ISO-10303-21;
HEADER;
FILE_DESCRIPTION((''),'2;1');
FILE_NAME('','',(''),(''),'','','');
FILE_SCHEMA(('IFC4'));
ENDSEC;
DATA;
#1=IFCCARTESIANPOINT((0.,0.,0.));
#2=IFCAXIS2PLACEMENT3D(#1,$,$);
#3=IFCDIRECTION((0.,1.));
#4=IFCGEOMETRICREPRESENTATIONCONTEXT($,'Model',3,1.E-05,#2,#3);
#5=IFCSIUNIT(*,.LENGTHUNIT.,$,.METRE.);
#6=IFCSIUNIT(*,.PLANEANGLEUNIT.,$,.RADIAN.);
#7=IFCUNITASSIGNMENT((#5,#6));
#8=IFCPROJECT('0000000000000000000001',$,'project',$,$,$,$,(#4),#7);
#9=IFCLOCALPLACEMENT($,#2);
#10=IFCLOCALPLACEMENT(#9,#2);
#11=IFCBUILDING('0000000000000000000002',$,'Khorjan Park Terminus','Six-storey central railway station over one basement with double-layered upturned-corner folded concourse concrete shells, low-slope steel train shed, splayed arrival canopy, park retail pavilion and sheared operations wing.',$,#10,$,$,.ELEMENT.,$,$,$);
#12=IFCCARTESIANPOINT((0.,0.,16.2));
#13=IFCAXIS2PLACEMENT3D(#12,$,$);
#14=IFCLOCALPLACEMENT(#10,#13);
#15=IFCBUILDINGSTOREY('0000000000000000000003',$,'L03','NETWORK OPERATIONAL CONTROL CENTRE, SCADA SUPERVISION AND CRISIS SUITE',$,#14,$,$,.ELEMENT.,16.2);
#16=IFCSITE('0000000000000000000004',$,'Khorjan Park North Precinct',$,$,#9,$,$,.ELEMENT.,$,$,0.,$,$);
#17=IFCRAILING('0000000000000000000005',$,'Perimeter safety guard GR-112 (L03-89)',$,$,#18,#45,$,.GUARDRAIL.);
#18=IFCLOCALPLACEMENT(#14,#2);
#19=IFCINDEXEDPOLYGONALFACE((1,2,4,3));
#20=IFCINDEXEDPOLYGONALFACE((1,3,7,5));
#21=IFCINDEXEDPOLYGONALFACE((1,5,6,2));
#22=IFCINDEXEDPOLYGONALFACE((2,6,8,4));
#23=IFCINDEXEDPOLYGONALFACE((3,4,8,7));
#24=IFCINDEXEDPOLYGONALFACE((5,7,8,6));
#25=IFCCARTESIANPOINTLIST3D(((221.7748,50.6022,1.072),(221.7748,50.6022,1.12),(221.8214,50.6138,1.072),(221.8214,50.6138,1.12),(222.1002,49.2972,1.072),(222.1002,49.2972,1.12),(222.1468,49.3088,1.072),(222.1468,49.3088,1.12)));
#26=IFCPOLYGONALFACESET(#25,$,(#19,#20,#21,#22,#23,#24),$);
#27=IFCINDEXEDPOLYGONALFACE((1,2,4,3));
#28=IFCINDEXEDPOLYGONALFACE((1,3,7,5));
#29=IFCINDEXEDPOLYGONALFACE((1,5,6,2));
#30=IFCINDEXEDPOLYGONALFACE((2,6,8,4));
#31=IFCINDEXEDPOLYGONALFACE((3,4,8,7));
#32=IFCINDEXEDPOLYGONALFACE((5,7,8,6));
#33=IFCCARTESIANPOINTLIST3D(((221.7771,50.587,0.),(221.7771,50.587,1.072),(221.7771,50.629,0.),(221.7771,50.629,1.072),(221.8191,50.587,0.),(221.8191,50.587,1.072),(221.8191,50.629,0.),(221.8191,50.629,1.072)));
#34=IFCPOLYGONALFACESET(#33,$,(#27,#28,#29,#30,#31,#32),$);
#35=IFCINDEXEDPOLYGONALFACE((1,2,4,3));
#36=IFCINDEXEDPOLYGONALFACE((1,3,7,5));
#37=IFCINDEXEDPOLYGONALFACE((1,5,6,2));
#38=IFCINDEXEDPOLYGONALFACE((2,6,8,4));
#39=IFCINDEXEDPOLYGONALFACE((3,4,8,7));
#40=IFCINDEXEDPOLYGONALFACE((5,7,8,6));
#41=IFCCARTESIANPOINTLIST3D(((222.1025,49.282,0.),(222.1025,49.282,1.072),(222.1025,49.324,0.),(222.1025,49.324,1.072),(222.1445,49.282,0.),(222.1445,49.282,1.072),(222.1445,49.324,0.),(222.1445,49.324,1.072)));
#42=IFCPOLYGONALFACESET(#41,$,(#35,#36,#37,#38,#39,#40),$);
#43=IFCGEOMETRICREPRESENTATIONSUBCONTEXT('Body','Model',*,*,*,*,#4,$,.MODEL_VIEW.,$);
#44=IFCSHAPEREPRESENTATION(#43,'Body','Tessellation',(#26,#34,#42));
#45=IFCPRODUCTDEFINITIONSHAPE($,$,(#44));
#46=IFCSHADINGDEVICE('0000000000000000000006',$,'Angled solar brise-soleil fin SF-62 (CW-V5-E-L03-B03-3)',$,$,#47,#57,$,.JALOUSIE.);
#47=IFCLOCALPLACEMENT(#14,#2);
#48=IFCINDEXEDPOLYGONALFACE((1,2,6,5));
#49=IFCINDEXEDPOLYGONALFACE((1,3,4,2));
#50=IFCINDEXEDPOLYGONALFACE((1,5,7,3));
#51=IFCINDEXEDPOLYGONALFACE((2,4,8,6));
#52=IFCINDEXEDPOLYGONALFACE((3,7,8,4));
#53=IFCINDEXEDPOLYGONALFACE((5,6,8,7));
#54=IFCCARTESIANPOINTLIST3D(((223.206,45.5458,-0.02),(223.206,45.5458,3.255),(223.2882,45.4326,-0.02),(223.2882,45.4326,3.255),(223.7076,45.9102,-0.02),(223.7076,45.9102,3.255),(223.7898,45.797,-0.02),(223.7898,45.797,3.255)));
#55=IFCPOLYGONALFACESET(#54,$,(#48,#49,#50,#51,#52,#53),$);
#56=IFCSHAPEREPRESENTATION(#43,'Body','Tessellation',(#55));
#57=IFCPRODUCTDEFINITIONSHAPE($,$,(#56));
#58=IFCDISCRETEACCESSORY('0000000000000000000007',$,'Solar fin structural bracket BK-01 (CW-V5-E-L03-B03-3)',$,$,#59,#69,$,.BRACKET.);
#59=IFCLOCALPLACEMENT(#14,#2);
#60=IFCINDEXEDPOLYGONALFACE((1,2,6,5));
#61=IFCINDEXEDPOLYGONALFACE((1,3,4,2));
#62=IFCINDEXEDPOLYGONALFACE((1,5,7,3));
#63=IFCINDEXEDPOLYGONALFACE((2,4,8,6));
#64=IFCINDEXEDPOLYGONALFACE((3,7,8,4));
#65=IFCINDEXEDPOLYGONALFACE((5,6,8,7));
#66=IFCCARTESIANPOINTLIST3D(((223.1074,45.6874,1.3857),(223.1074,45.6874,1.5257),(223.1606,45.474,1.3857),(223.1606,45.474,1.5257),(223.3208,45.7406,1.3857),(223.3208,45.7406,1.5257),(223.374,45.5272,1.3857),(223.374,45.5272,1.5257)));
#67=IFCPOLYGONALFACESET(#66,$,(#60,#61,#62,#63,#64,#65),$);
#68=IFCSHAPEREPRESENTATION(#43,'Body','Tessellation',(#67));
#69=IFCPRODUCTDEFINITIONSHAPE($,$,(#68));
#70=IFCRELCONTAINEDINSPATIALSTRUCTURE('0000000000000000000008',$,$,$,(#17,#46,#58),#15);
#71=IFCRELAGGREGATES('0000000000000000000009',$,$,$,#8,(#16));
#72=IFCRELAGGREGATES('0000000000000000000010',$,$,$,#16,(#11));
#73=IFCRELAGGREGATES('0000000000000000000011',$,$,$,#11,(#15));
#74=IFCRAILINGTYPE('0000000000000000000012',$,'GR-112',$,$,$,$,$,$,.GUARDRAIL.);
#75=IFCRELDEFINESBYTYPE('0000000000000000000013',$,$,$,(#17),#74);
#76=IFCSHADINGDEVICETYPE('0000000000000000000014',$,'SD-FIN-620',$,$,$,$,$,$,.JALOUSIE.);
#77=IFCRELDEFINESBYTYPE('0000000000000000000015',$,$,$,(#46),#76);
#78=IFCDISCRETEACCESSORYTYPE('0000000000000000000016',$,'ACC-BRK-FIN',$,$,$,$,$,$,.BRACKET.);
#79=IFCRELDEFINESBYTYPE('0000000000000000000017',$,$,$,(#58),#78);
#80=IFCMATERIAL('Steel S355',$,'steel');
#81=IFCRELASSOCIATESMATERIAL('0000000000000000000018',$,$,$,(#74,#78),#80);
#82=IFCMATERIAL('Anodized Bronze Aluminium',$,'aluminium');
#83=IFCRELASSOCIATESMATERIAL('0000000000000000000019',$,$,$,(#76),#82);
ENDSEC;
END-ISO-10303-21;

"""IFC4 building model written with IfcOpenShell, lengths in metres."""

from ifc_helpers import new_model, si_unit, direction, frame, origin, origin_2d, place, context, subcontext, project, spatial, rectangle, extrude, material, type_object, element, save


model = new_model("IFC4")

# Units and contexts
model_context = context("Model", 3, precision=1e-05, world=origin(), true_north=direction((0.0, 1.0)))
body_context = subcontext(model_context, "Body", "Model", "MODEL_VIEW")
ifc_project = project(units=[si_unit("LENGTHUNIT", "METRE"), si_unit("PLANEANGLEUNIT", "RADIAN")], contexts=[model_context])

# Site, building, storey
site_placement = place(None, origin())
site = spatial("IfcSite", under=ifc_project, at=site_placement, Name="Khorjan Park North Precinct", CompositionType="ELEMENT", RefElevation=0.0)
building_placement = place(site_placement, origin())
building = spatial("IfcBuilding", under=site, at=building_placement, Name="Khorjan Park Terminus", Description="Six-storey central railway station over one basement with double-layered upturned-corner folded concourse concrete shells, low-slope steel train shed, splayed arrival canopy, park retail pavilion and sheared operations wing.", CompositionType="ELEMENT")
storey_placement = place(building_placement, frame((0.0, 0.0, 16.2)))
storey = spatial("IfcBuildingStorey", under=building, at=storey_placement, Name="L03", Description="NETWORK OPERATIONAL CONTROL CENTRE, SCADA SUPERVISION AND CRISIS SUITE", CompositionType="ELEMENT", Elevation=16.2)

# Shared definitions
ifc_material_1 = material(Name="Anodized Bronze Aluminium", Category="aluminium")

# Railing
ifc_material_2 = material(Name="Steel S355", Category="steel")
railing_type = type_object("IfcRailingType", Name="GR-112", PredefinedType="GUARDRAIL", material=ifc_material_2)
railing_placement = place(storey_placement, frame((221.7981, 50.608, 0.0)))
element("IfcRailing", 1, at=railing_placement, inside=storey, type_object=railing_type, Name="Perimeter safety guard GR-112 (L03-89)", PredefinedType="GUARDRAIL", context=body_context, shape_type="SweptSolid", body=[
    extrude(rectangle(XDim=0.048, YDim=0.048, at=origin_2d()), frame((0.0, 0.0, 1.096), z_axis=(0.241941, -0.970291, 0.0), x_axis=(0.970291, 0.241941, 0.0)), (0.0, 0.0, 1.0), 1.345),
    extrude(rectangle(XDim=0.042, YDim=0.042, at=origin_2d()), origin(), (0.0, 0.0, 1.0), 1.072),
    extrude(rectangle(XDim=0.042, YDim=0.042, at=origin_2d()), frame((0.3254, -1.305, 0.0)), (0.0, 0.0, 1.0), 1.072),
])

# Shading device
shading_device_type = type_object("IfcShadingDeviceType", Name="SD-FIN-620", PredefinedType="JALOUSIE", material=ifc_material_1)
shading_device_placement = place(storey_placement, frame((223.4979, 45.6714, -0.02), z_axis=(0.0, 0.0, 1.0), x_axis=(-0.809017, -0.587785, 0.0)))
element("IfcShadingDevice", 2, at=shading_device_placement, inside=storey, type_object=shading_device_type, Name="Angled solar brise-soleil fin SF-62 (CW-V5-E-L03-B03-3)", PredefinedType="JALOUSIE", context=body_context, shape_type="SweptSolid", body=[
    extrude(rectangle(XDim=0.62, YDim=0.14, at=origin_2d()), origin(), (0.0, 0.0, 1.0), 3.275),
])

# Discrete accessory
discrete_accessory_type = type_object("IfcDiscreteAccessoryType", Name="ACC-BRK-FIN", PredefinedType="BRACKET", material=ifc_material_2)
discrete_accessory_placement = place(storey_placement, frame((223.2407, 45.6073, 1.3857), z_axis=(0.0, 0.0, 1.0), x_axis=(-0.241923, 0.970295, 0.0)))
element("IfcDiscreteAccessory", 3, at=discrete_accessory_placement, inside=storey, type_object=discrete_accessory_type, Name="Solar fin structural bracket BK-01 (CW-V5-E-L03-B03-3)", PredefinedType="BRACKET", context=body_context, shape_type="SweptSolid", body=[
    extrude(rectangle(XDim=0.22, YDim=0.22, at=origin_2d()), origin(), (0.0, 0.0, 1.0), 0.14),
])

save(model, "model.ifc")
